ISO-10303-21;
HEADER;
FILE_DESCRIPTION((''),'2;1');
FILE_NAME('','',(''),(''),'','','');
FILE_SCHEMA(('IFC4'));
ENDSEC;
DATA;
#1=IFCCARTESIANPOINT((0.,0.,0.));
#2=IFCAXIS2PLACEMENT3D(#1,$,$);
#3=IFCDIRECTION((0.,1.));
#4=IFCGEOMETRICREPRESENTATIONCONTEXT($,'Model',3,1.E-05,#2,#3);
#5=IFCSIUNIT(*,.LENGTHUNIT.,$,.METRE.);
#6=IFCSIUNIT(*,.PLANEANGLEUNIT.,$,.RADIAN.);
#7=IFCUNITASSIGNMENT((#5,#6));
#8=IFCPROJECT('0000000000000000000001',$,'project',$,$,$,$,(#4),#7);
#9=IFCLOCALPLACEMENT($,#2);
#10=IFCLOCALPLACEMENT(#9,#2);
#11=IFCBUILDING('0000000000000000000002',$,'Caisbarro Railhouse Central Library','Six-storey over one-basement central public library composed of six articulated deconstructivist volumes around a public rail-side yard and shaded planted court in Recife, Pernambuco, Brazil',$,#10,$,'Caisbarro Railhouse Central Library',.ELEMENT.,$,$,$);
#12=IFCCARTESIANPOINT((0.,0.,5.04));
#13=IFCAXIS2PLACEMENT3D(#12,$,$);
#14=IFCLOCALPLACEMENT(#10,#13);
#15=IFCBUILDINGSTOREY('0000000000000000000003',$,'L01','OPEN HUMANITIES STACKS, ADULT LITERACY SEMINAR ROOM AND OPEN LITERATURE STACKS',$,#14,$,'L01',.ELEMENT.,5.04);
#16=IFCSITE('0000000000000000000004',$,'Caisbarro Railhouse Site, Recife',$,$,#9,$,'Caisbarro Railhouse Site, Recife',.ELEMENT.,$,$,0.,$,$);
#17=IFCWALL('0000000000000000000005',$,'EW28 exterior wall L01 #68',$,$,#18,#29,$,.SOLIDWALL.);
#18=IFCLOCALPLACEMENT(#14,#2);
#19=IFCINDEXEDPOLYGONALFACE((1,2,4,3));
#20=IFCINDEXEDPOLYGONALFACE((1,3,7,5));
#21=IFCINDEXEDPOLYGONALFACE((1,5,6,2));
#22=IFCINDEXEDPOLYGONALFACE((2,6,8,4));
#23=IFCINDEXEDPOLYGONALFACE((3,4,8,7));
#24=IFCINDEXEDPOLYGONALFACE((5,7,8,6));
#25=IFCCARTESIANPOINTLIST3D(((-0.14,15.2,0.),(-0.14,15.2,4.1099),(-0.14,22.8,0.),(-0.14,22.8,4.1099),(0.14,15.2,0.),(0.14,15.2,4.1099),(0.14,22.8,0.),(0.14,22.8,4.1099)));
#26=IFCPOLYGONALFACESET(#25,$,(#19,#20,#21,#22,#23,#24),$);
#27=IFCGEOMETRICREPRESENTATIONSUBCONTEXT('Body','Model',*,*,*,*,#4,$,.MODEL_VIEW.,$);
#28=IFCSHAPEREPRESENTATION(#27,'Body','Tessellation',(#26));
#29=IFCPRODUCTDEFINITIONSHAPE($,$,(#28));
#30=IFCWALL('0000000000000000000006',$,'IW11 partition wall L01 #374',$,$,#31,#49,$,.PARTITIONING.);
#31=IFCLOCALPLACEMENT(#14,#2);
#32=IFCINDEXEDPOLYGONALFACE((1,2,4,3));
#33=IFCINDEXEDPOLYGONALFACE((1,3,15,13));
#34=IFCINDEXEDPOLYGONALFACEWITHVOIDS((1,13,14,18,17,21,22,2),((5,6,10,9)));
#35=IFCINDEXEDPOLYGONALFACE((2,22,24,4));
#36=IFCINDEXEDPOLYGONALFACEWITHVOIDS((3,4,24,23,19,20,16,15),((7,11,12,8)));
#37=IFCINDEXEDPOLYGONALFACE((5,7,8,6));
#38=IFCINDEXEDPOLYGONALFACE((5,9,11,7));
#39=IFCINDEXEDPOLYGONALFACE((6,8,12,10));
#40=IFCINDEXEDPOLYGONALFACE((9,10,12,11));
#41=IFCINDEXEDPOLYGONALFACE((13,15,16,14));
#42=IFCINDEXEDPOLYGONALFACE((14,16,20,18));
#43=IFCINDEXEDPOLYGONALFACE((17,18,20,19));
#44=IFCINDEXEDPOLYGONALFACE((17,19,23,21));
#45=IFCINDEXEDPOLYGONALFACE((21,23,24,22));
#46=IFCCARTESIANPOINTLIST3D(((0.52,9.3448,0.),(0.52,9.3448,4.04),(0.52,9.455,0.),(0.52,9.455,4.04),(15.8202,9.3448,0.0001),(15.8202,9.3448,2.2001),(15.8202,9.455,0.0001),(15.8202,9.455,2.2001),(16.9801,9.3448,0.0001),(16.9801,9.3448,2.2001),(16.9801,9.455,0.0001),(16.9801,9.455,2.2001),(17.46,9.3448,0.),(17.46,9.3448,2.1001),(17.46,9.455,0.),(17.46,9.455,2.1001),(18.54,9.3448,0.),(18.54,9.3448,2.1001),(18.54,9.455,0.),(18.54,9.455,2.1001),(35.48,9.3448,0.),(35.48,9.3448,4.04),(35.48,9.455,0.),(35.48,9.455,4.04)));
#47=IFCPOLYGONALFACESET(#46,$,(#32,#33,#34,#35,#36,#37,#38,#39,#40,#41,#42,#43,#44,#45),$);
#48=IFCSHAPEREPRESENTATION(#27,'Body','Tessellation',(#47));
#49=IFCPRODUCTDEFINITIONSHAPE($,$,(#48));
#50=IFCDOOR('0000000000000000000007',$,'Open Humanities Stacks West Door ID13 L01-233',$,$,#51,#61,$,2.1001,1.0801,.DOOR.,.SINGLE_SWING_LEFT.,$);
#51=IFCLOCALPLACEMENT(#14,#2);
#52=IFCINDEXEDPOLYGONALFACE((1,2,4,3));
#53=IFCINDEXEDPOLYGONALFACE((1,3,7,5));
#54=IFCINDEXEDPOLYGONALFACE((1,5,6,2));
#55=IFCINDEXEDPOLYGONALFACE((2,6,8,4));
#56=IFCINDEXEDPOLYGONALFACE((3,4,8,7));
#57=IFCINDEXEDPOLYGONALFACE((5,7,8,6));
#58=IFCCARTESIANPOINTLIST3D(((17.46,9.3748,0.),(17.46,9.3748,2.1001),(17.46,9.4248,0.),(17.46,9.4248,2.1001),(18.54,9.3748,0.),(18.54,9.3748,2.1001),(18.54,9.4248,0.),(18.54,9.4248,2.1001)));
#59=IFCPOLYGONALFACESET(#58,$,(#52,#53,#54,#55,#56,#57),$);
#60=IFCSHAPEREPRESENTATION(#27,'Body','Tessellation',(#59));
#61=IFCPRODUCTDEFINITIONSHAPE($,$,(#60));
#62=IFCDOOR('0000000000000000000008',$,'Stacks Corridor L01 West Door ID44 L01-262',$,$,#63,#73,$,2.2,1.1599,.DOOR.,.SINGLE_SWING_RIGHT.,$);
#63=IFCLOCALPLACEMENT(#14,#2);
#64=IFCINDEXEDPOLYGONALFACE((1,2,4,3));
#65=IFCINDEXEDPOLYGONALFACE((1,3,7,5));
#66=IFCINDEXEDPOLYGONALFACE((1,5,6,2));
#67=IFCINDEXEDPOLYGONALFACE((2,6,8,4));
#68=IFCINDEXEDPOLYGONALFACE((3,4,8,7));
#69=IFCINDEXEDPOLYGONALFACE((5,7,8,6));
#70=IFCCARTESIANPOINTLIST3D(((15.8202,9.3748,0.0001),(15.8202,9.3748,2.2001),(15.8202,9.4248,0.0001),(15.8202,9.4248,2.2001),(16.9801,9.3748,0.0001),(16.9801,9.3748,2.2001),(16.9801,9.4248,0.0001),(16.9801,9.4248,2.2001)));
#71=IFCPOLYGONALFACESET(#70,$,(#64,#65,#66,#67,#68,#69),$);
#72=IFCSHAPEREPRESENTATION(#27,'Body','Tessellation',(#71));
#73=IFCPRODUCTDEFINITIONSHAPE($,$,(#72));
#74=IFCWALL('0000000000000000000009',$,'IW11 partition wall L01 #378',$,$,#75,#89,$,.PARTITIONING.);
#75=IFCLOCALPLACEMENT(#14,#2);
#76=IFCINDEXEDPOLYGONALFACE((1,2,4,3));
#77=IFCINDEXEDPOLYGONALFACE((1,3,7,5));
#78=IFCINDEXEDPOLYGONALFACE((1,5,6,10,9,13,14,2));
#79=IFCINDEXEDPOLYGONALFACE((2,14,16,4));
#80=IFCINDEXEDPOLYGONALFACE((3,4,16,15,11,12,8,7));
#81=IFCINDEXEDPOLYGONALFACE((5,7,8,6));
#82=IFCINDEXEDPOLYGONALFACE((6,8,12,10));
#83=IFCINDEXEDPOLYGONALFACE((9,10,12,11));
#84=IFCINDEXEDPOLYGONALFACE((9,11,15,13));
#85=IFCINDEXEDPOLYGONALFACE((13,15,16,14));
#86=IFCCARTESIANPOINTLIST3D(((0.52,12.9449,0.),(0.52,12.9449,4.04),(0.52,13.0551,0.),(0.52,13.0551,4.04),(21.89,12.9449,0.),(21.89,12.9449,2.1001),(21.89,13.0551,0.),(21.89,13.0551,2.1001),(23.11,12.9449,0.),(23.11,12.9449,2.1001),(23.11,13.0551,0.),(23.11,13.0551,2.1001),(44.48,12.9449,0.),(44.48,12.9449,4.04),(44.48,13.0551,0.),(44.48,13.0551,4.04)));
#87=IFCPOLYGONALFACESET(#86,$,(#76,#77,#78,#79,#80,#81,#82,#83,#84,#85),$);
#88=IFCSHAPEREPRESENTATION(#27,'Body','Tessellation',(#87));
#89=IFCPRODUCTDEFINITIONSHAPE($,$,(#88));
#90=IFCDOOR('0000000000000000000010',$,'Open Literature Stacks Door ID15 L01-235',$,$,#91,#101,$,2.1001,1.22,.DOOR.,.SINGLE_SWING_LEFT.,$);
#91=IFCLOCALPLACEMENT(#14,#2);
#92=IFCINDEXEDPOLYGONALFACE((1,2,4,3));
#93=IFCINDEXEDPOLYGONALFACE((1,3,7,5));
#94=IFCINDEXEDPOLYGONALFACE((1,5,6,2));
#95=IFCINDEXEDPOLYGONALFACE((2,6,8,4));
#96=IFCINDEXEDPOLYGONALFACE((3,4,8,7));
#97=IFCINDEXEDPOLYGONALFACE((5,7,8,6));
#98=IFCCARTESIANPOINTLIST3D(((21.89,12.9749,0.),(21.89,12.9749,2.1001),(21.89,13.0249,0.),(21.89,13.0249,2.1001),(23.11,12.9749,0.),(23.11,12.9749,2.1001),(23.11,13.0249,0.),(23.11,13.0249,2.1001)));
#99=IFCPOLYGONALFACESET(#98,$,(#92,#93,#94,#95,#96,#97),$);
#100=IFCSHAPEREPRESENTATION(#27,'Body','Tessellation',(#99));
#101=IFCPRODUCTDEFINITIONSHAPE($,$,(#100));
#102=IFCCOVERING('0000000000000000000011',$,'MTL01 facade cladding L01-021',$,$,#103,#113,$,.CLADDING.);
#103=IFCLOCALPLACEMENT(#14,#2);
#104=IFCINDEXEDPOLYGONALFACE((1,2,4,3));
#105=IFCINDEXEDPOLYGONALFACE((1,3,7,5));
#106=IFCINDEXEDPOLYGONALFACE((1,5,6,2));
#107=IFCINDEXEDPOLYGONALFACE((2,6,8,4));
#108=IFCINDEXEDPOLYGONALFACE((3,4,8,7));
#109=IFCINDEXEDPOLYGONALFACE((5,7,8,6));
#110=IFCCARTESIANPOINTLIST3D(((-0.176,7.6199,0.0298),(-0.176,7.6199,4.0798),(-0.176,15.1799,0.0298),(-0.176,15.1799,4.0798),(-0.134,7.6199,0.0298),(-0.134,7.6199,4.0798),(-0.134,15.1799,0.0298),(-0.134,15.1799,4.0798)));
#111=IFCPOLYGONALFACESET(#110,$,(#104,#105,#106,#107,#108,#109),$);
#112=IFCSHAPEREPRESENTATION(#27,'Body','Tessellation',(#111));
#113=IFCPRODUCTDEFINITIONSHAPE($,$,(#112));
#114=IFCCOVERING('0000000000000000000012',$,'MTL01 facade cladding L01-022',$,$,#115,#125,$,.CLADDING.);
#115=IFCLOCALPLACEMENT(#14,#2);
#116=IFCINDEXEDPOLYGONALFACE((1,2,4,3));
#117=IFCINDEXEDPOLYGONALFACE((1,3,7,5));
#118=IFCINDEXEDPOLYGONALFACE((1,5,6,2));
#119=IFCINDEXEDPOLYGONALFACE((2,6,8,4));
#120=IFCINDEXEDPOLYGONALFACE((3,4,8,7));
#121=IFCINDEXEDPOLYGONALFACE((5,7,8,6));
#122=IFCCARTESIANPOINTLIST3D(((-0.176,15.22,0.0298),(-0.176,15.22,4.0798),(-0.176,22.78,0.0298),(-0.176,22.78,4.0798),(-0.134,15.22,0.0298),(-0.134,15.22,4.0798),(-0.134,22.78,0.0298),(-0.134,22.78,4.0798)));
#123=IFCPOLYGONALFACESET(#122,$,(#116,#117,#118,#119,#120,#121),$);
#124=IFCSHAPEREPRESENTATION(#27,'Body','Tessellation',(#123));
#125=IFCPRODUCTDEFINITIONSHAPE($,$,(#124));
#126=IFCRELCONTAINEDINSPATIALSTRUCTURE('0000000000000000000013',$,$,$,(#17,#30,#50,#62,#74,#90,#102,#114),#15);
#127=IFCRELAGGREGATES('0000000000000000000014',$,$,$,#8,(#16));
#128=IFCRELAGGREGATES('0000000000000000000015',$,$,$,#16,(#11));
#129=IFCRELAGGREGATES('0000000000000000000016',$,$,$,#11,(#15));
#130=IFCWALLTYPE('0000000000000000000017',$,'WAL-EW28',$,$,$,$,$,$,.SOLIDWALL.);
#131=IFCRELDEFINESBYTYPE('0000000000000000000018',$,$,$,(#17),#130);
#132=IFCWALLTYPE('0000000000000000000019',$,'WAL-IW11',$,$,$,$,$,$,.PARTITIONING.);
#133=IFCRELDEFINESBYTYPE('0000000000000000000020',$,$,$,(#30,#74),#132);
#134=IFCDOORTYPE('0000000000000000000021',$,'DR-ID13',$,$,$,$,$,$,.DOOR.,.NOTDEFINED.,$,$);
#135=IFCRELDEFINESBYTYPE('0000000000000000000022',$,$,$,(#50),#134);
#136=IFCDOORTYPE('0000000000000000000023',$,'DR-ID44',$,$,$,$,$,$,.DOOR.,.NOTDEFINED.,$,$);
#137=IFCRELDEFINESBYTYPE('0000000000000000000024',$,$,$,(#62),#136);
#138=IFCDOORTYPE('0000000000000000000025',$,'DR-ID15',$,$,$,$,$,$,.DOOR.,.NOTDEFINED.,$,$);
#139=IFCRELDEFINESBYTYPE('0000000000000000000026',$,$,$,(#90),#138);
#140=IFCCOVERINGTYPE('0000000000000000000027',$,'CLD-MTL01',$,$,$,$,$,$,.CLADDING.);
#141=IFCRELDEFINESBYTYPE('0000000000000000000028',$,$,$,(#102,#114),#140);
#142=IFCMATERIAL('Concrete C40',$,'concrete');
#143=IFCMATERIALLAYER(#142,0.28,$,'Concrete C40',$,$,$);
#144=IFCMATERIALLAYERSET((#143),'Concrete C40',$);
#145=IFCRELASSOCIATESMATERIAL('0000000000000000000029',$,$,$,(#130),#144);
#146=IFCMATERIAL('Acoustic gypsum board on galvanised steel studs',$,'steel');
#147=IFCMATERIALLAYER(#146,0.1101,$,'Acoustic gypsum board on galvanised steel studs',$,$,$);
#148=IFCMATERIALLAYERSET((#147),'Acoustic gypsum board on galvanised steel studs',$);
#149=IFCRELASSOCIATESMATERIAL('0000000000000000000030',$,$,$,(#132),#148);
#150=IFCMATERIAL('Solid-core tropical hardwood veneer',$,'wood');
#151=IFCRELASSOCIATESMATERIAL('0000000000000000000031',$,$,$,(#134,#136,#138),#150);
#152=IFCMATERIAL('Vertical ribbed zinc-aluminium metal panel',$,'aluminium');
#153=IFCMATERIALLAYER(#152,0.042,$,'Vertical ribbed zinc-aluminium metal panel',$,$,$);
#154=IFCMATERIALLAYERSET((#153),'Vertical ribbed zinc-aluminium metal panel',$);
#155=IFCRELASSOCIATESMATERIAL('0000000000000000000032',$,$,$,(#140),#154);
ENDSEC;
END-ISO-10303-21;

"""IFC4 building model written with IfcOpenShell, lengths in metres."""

from ifc_helpers import new_model, si_unit, direction, frame, frame_2d, origin, origin_2d, place, context, subcontext, project, spatial, rectangle, extrude, material, layer, layer_set, type_object, element, fill, save


model = new_model("IFC4")

# Units and contexts
model_context = context("Model", 3, precision=1e-05, world=origin(), true_north=direction((0.0, 1.0)))
body_context = subcontext(model_context, "Body", "Model", "MODEL_VIEW")
ifc_project = project(units=[si_unit("LENGTHUNIT", "METRE"), si_unit("PLANEANGLEUNIT", "RADIAN")], contexts=[model_context])

# Site, building, storey
site_placement = place(None, origin())
site = spatial("IfcSite", under=ifc_project, at=site_placement, Name="Caisbarro Railhouse Site, Recife", LongName="Caisbarro Railhouse Site, Recife", CompositionType="ELEMENT", RefElevation=0.0)
building_placement = place(site_placement, origin())
building = spatial("IfcBuilding", under=site, at=building_placement, Name="Caisbarro Railhouse Central Library", Description="Six-storey over one-basement central public library composed of six articulated deconstructivist volumes around a public rail-side yard and shaded planted court in Recife, Pernambuco, Brazil", LongName="Caisbarro Railhouse Central Library", CompositionType="ELEMENT")
storey_placement = place(building_placement, frame((0.0, 0.0, 5.04)))
storey = spatial("IfcBuildingStorey", under=building, at=storey_placement, Name="L01", Description="OPEN HUMANITIES STACKS, ADULT LITERACY SEMINAR ROOM AND OPEN LITERATURE STACKS", LongName="L01", CompositionType="ELEMENT", Elevation=5.04)

# Wall
ifc_material_1 = material(Name="Concrete C40", Category="concrete")
ifc_layer_1 = layer(ifc_material_1, 0.28, Name="Concrete C40")
ifc_layer_set_1 = layer_set([ifc_layer_1], Name="Concrete C40")
wall_type_1 = type_object("IfcWallType", Name="WAL-EW28", PredefinedType="SOLIDWALL", material=ifc_layer_set_1)
wall_1_placement = place(storey_placement, frame((0.0, 15.2, 0.0), z_axis=(0.0, 0.0, 1.0), x_axis=(0.0, 1.0, 0.0)))
element("IfcWall", 1, at=wall_1_placement, inside=storey, type_object=wall_type_1, Name="EW28 exterior wall L01 #68", PredefinedType="SOLIDWALL", context=body_context, shape_type="SweptSolid", body=[
    extrude(rectangle(XDim=7.6001, YDim=0.28, at=frame_2d((3.8, 0.0))), origin(), (0.0, 0.0, 1.0), 4.1099),
])

# Wall, openings, doors
ifc_material_2 = material(Name="Acoustic gypsum board on galvanised steel studs", Category="steel")
ifc_layer_2 = layer(ifc_material_2, 0.1101, Name="Acoustic gypsum board on galvanised steel studs")
ifc_layer_set_2 = layer_set([ifc_layer_2], Name="Acoustic gypsum board on galvanised steel studs")
wall_type_2 = type_object("IfcWallType", Name="WAL-IW11", PredefinedType="PARTITIONING", material=ifc_layer_set_2)
wall_2_placement = place(storey_placement, frame((0.52, 9.3999, 0.0), z_axis=(0.0, 0.0, 1.0), x_axis=(1.0, 0.0, 0.0)))
wall_2 = element("IfcWall", 2, at=wall_2_placement, inside=storey, type_object=wall_type_2, Name="IW11 partition wall L01 #374", PredefinedType="PARTITIONING", context=body_context, shape_type="SweptSolid", body=[
    extrude(rectangle(XDim=34.96, YDim=0.1101, at=frame_2d((17.48, 0.0))), origin(), (0.0, 0.0, 1.0), 4.04),
])
opening_1_placement = place(wall_2_placement, frame((16.9399, 0.0, 0.0)))
opening_1 = element("IfcOpeningElement", 3, at=opening_1_placement, cuts=wall_2, PredefinedType="OPENING", context=body_context, shape_type="SweptSolid", body=[
    extrude(rectangle(XDim=1.0801, YDim=2.1001, at=frame_2d((0.54, 1.05))), frame((0.0, 0.0649, 0.0), z_axis=(0.0, -1.0, 0.0), x_axis=(1.0, 0.0, 0.0)), (0.0, 0.0, 1.0), 0.1301),
])
opening_2_placement = place(wall_2_placement, frame((15.3, 0.0, 0.0)))
opening_2 = element("IfcOpeningElement", 4, at=opening_2_placement, cuts=wall_2, PredefinedType="OPENING", context=body_context, shape_type="SweptSolid", body=[
    extrude(rectangle(XDim=1.1599, YDim=2.2, at=frame_2d((0.5801, 1.1001))), frame((0.0, 0.0649, 0.0), z_axis=(0.0, -1.0, 0.0), x_axis=(1.0, 0.0, 0.0)), (0.0, 0.0, 1.0), 0.1301),
])
ifc_material_3 = material(Name="Solid-core tropical hardwood veneer", Category="wood")
door_type_1 = type_object("IfcDoorType", Name="DR-ID13", OperationType="NOTDEFINED", PredefinedType="DOOR", material=ifc_material_3)
door_1_placement = place(opening_1_placement, origin())
door_1 = element("IfcDoor", 5, at=door_1_placement, inside=storey, type_object=door_type_1, Name="Open Humanities Stacks West Door ID13 L01-233", OperationType="SINGLE_SWING_LEFT", OverallHeight=2.1001, OverallWidth=1.0801, PredefinedType="DOOR", context=body_context, shape_type="SweptSolid", body=[
    extrude(rectangle(XDim=1.0801, YDim=2.1001, at=frame_2d((0.54, 1.05))), frame((0.0, 0.0249, 0.0), z_axis=(0.0, -1.0, 0.0), x_axis=(1.0, 0.0, 0.0)), (0.0, 0.0, 1.0), 0.05),
])
fill(opening_1, door_1)
door_type_2 = type_object("IfcDoorType", Name="DR-ID44", OperationType="NOTDEFINED", PredefinedType="DOOR", material=ifc_material_3)
door_2_placement = place(opening_2_placement, origin())
door_2 = element("IfcDoor", 6, at=door_2_placement, inside=storey, type_object=door_type_2, Name="Stacks Corridor L01 West Door ID44 L01-262", OperationType="SINGLE_SWING_RIGHT", OverallHeight=2.2, OverallWidth=1.1599, PredefinedType="DOOR", context=body_context, shape_type="SweptSolid", body=[
    extrude(rectangle(XDim=1.1599, YDim=2.2, at=frame_2d((0.5801, 1.1001))), frame((0.0, 0.0249, 0.0), z_axis=(0.0, -1.0, 0.0), x_axis=(1.0, 0.0, 0.0)), (0.0, 0.0, 1.0), 0.05),
])
fill(opening_2, door_2)

# Wall, opening, door
wall_3_placement = place(storey_placement, frame((0.52, 13.0, 0.0), z_axis=(0.0, 0.0, 1.0), x_axis=(1.0, 0.0, 0.0)))
wall_3 = element("IfcWall", 7, at=wall_3_placement, inside=storey, type_object=wall_type_2, Name="IW11 partition wall L01 #378", PredefinedType="PARTITIONING", context=body_context, shape_type="SweptSolid", body=[
    extrude(rectangle(XDim=43.96, YDim=0.1101, at=frame_2d((21.98, 0.0))), origin(), (0.0, 0.0, 1.0), 4.04),
])
opening_3_placement = place(wall_3_placement, frame((21.3701, 0.0, 0.0)))
opening_3 = element("IfcOpeningElement", 8, at=opening_3_placement, cuts=wall_3, PredefinedType="OPENING", context=body_context, shape_type="SweptSolid", body=[
    extrude(rectangle(XDim=1.22, YDim=2.1001, at=frame_2d((0.6099, 1.05))), frame((0.0, 0.0649, 0.0), z_axis=(0.0, -1.0, 0.0), x_axis=(1.0, 0.0, 0.0)), (0.0, 0.0, 1.0), 0.1301),
])
door_type_3 = type_object("IfcDoorType", Name="DR-ID15", OperationType="NOTDEFINED", PredefinedType="DOOR", material=ifc_material_3)
door_3_placement = place(opening_3_placement, origin())
door_3 = element("IfcDoor", 9, at=door_3_placement, inside=storey, type_object=door_type_3, Name="Open Literature Stacks Door ID15 L01-235", OperationType="SINGLE_SWING_LEFT", OverallHeight=2.1001, OverallWidth=1.22, PredefinedType="DOOR", context=body_context, shape_type="SweptSolid", body=[
    extrude(rectangle(XDim=1.22, YDim=2.1001, at=frame_2d((0.6099, 1.05))), frame((0.0, 0.0249, 0.0), z_axis=(0.0, -1.0, 0.0), x_axis=(1.0, 0.0, 0.0)), (0.0, 0.0, 1.0), 0.05),
])
fill(opening_3, door_3)

# Coverings
ifc_material_4 = material(Name="Vertical ribbed zinc-aluminium metal panel", Category="aluminium")
ifc_layer_3 = layer(ifc_material_4, 0.042, Name="Vertical ribbed zinc-aluminium metal panel")
ifc_layer_set_3 = layer_set([ifc_layer_3], Name="Vertical ribbed zinc-aluminium metal panel")
covering_type = type_object("IfcCoveringType", Name="CLD-MTL01", PredefinedType="CLADDING", material=ifc_layer_set_3)
for number, where, z_axis, x_axis, name in (
    (10, (-0.155, 11.3999, 0.0298), (0.0, 0.0, 1.0), (0.0, 1.0, 0.0), "MTL01 facade cladding L01-021"),
    (11, (-0.155, 19.0, 0.0298), (0.0, 0.0, 1.0), (0.0, 1.0, 0.0), "MTL01 facade cladding L01-022"),
):
    element("IfcCovering", number, at=place(storey_placement, frame(where, z_axis=z_axis, x_axis=x_axis)), inside=storey, type_object=covering_type, Name=name, PredefinedType="CLADDING", context=body_context, shape_type="SweptSolid", body=[
        extrude(rectangle(XDim=7.5601, YDim=0.042, at=origin_2d()), origin(), (0.0, 0.0, 1.0), 4.05),
    ])

save(model, "model.ifc")
